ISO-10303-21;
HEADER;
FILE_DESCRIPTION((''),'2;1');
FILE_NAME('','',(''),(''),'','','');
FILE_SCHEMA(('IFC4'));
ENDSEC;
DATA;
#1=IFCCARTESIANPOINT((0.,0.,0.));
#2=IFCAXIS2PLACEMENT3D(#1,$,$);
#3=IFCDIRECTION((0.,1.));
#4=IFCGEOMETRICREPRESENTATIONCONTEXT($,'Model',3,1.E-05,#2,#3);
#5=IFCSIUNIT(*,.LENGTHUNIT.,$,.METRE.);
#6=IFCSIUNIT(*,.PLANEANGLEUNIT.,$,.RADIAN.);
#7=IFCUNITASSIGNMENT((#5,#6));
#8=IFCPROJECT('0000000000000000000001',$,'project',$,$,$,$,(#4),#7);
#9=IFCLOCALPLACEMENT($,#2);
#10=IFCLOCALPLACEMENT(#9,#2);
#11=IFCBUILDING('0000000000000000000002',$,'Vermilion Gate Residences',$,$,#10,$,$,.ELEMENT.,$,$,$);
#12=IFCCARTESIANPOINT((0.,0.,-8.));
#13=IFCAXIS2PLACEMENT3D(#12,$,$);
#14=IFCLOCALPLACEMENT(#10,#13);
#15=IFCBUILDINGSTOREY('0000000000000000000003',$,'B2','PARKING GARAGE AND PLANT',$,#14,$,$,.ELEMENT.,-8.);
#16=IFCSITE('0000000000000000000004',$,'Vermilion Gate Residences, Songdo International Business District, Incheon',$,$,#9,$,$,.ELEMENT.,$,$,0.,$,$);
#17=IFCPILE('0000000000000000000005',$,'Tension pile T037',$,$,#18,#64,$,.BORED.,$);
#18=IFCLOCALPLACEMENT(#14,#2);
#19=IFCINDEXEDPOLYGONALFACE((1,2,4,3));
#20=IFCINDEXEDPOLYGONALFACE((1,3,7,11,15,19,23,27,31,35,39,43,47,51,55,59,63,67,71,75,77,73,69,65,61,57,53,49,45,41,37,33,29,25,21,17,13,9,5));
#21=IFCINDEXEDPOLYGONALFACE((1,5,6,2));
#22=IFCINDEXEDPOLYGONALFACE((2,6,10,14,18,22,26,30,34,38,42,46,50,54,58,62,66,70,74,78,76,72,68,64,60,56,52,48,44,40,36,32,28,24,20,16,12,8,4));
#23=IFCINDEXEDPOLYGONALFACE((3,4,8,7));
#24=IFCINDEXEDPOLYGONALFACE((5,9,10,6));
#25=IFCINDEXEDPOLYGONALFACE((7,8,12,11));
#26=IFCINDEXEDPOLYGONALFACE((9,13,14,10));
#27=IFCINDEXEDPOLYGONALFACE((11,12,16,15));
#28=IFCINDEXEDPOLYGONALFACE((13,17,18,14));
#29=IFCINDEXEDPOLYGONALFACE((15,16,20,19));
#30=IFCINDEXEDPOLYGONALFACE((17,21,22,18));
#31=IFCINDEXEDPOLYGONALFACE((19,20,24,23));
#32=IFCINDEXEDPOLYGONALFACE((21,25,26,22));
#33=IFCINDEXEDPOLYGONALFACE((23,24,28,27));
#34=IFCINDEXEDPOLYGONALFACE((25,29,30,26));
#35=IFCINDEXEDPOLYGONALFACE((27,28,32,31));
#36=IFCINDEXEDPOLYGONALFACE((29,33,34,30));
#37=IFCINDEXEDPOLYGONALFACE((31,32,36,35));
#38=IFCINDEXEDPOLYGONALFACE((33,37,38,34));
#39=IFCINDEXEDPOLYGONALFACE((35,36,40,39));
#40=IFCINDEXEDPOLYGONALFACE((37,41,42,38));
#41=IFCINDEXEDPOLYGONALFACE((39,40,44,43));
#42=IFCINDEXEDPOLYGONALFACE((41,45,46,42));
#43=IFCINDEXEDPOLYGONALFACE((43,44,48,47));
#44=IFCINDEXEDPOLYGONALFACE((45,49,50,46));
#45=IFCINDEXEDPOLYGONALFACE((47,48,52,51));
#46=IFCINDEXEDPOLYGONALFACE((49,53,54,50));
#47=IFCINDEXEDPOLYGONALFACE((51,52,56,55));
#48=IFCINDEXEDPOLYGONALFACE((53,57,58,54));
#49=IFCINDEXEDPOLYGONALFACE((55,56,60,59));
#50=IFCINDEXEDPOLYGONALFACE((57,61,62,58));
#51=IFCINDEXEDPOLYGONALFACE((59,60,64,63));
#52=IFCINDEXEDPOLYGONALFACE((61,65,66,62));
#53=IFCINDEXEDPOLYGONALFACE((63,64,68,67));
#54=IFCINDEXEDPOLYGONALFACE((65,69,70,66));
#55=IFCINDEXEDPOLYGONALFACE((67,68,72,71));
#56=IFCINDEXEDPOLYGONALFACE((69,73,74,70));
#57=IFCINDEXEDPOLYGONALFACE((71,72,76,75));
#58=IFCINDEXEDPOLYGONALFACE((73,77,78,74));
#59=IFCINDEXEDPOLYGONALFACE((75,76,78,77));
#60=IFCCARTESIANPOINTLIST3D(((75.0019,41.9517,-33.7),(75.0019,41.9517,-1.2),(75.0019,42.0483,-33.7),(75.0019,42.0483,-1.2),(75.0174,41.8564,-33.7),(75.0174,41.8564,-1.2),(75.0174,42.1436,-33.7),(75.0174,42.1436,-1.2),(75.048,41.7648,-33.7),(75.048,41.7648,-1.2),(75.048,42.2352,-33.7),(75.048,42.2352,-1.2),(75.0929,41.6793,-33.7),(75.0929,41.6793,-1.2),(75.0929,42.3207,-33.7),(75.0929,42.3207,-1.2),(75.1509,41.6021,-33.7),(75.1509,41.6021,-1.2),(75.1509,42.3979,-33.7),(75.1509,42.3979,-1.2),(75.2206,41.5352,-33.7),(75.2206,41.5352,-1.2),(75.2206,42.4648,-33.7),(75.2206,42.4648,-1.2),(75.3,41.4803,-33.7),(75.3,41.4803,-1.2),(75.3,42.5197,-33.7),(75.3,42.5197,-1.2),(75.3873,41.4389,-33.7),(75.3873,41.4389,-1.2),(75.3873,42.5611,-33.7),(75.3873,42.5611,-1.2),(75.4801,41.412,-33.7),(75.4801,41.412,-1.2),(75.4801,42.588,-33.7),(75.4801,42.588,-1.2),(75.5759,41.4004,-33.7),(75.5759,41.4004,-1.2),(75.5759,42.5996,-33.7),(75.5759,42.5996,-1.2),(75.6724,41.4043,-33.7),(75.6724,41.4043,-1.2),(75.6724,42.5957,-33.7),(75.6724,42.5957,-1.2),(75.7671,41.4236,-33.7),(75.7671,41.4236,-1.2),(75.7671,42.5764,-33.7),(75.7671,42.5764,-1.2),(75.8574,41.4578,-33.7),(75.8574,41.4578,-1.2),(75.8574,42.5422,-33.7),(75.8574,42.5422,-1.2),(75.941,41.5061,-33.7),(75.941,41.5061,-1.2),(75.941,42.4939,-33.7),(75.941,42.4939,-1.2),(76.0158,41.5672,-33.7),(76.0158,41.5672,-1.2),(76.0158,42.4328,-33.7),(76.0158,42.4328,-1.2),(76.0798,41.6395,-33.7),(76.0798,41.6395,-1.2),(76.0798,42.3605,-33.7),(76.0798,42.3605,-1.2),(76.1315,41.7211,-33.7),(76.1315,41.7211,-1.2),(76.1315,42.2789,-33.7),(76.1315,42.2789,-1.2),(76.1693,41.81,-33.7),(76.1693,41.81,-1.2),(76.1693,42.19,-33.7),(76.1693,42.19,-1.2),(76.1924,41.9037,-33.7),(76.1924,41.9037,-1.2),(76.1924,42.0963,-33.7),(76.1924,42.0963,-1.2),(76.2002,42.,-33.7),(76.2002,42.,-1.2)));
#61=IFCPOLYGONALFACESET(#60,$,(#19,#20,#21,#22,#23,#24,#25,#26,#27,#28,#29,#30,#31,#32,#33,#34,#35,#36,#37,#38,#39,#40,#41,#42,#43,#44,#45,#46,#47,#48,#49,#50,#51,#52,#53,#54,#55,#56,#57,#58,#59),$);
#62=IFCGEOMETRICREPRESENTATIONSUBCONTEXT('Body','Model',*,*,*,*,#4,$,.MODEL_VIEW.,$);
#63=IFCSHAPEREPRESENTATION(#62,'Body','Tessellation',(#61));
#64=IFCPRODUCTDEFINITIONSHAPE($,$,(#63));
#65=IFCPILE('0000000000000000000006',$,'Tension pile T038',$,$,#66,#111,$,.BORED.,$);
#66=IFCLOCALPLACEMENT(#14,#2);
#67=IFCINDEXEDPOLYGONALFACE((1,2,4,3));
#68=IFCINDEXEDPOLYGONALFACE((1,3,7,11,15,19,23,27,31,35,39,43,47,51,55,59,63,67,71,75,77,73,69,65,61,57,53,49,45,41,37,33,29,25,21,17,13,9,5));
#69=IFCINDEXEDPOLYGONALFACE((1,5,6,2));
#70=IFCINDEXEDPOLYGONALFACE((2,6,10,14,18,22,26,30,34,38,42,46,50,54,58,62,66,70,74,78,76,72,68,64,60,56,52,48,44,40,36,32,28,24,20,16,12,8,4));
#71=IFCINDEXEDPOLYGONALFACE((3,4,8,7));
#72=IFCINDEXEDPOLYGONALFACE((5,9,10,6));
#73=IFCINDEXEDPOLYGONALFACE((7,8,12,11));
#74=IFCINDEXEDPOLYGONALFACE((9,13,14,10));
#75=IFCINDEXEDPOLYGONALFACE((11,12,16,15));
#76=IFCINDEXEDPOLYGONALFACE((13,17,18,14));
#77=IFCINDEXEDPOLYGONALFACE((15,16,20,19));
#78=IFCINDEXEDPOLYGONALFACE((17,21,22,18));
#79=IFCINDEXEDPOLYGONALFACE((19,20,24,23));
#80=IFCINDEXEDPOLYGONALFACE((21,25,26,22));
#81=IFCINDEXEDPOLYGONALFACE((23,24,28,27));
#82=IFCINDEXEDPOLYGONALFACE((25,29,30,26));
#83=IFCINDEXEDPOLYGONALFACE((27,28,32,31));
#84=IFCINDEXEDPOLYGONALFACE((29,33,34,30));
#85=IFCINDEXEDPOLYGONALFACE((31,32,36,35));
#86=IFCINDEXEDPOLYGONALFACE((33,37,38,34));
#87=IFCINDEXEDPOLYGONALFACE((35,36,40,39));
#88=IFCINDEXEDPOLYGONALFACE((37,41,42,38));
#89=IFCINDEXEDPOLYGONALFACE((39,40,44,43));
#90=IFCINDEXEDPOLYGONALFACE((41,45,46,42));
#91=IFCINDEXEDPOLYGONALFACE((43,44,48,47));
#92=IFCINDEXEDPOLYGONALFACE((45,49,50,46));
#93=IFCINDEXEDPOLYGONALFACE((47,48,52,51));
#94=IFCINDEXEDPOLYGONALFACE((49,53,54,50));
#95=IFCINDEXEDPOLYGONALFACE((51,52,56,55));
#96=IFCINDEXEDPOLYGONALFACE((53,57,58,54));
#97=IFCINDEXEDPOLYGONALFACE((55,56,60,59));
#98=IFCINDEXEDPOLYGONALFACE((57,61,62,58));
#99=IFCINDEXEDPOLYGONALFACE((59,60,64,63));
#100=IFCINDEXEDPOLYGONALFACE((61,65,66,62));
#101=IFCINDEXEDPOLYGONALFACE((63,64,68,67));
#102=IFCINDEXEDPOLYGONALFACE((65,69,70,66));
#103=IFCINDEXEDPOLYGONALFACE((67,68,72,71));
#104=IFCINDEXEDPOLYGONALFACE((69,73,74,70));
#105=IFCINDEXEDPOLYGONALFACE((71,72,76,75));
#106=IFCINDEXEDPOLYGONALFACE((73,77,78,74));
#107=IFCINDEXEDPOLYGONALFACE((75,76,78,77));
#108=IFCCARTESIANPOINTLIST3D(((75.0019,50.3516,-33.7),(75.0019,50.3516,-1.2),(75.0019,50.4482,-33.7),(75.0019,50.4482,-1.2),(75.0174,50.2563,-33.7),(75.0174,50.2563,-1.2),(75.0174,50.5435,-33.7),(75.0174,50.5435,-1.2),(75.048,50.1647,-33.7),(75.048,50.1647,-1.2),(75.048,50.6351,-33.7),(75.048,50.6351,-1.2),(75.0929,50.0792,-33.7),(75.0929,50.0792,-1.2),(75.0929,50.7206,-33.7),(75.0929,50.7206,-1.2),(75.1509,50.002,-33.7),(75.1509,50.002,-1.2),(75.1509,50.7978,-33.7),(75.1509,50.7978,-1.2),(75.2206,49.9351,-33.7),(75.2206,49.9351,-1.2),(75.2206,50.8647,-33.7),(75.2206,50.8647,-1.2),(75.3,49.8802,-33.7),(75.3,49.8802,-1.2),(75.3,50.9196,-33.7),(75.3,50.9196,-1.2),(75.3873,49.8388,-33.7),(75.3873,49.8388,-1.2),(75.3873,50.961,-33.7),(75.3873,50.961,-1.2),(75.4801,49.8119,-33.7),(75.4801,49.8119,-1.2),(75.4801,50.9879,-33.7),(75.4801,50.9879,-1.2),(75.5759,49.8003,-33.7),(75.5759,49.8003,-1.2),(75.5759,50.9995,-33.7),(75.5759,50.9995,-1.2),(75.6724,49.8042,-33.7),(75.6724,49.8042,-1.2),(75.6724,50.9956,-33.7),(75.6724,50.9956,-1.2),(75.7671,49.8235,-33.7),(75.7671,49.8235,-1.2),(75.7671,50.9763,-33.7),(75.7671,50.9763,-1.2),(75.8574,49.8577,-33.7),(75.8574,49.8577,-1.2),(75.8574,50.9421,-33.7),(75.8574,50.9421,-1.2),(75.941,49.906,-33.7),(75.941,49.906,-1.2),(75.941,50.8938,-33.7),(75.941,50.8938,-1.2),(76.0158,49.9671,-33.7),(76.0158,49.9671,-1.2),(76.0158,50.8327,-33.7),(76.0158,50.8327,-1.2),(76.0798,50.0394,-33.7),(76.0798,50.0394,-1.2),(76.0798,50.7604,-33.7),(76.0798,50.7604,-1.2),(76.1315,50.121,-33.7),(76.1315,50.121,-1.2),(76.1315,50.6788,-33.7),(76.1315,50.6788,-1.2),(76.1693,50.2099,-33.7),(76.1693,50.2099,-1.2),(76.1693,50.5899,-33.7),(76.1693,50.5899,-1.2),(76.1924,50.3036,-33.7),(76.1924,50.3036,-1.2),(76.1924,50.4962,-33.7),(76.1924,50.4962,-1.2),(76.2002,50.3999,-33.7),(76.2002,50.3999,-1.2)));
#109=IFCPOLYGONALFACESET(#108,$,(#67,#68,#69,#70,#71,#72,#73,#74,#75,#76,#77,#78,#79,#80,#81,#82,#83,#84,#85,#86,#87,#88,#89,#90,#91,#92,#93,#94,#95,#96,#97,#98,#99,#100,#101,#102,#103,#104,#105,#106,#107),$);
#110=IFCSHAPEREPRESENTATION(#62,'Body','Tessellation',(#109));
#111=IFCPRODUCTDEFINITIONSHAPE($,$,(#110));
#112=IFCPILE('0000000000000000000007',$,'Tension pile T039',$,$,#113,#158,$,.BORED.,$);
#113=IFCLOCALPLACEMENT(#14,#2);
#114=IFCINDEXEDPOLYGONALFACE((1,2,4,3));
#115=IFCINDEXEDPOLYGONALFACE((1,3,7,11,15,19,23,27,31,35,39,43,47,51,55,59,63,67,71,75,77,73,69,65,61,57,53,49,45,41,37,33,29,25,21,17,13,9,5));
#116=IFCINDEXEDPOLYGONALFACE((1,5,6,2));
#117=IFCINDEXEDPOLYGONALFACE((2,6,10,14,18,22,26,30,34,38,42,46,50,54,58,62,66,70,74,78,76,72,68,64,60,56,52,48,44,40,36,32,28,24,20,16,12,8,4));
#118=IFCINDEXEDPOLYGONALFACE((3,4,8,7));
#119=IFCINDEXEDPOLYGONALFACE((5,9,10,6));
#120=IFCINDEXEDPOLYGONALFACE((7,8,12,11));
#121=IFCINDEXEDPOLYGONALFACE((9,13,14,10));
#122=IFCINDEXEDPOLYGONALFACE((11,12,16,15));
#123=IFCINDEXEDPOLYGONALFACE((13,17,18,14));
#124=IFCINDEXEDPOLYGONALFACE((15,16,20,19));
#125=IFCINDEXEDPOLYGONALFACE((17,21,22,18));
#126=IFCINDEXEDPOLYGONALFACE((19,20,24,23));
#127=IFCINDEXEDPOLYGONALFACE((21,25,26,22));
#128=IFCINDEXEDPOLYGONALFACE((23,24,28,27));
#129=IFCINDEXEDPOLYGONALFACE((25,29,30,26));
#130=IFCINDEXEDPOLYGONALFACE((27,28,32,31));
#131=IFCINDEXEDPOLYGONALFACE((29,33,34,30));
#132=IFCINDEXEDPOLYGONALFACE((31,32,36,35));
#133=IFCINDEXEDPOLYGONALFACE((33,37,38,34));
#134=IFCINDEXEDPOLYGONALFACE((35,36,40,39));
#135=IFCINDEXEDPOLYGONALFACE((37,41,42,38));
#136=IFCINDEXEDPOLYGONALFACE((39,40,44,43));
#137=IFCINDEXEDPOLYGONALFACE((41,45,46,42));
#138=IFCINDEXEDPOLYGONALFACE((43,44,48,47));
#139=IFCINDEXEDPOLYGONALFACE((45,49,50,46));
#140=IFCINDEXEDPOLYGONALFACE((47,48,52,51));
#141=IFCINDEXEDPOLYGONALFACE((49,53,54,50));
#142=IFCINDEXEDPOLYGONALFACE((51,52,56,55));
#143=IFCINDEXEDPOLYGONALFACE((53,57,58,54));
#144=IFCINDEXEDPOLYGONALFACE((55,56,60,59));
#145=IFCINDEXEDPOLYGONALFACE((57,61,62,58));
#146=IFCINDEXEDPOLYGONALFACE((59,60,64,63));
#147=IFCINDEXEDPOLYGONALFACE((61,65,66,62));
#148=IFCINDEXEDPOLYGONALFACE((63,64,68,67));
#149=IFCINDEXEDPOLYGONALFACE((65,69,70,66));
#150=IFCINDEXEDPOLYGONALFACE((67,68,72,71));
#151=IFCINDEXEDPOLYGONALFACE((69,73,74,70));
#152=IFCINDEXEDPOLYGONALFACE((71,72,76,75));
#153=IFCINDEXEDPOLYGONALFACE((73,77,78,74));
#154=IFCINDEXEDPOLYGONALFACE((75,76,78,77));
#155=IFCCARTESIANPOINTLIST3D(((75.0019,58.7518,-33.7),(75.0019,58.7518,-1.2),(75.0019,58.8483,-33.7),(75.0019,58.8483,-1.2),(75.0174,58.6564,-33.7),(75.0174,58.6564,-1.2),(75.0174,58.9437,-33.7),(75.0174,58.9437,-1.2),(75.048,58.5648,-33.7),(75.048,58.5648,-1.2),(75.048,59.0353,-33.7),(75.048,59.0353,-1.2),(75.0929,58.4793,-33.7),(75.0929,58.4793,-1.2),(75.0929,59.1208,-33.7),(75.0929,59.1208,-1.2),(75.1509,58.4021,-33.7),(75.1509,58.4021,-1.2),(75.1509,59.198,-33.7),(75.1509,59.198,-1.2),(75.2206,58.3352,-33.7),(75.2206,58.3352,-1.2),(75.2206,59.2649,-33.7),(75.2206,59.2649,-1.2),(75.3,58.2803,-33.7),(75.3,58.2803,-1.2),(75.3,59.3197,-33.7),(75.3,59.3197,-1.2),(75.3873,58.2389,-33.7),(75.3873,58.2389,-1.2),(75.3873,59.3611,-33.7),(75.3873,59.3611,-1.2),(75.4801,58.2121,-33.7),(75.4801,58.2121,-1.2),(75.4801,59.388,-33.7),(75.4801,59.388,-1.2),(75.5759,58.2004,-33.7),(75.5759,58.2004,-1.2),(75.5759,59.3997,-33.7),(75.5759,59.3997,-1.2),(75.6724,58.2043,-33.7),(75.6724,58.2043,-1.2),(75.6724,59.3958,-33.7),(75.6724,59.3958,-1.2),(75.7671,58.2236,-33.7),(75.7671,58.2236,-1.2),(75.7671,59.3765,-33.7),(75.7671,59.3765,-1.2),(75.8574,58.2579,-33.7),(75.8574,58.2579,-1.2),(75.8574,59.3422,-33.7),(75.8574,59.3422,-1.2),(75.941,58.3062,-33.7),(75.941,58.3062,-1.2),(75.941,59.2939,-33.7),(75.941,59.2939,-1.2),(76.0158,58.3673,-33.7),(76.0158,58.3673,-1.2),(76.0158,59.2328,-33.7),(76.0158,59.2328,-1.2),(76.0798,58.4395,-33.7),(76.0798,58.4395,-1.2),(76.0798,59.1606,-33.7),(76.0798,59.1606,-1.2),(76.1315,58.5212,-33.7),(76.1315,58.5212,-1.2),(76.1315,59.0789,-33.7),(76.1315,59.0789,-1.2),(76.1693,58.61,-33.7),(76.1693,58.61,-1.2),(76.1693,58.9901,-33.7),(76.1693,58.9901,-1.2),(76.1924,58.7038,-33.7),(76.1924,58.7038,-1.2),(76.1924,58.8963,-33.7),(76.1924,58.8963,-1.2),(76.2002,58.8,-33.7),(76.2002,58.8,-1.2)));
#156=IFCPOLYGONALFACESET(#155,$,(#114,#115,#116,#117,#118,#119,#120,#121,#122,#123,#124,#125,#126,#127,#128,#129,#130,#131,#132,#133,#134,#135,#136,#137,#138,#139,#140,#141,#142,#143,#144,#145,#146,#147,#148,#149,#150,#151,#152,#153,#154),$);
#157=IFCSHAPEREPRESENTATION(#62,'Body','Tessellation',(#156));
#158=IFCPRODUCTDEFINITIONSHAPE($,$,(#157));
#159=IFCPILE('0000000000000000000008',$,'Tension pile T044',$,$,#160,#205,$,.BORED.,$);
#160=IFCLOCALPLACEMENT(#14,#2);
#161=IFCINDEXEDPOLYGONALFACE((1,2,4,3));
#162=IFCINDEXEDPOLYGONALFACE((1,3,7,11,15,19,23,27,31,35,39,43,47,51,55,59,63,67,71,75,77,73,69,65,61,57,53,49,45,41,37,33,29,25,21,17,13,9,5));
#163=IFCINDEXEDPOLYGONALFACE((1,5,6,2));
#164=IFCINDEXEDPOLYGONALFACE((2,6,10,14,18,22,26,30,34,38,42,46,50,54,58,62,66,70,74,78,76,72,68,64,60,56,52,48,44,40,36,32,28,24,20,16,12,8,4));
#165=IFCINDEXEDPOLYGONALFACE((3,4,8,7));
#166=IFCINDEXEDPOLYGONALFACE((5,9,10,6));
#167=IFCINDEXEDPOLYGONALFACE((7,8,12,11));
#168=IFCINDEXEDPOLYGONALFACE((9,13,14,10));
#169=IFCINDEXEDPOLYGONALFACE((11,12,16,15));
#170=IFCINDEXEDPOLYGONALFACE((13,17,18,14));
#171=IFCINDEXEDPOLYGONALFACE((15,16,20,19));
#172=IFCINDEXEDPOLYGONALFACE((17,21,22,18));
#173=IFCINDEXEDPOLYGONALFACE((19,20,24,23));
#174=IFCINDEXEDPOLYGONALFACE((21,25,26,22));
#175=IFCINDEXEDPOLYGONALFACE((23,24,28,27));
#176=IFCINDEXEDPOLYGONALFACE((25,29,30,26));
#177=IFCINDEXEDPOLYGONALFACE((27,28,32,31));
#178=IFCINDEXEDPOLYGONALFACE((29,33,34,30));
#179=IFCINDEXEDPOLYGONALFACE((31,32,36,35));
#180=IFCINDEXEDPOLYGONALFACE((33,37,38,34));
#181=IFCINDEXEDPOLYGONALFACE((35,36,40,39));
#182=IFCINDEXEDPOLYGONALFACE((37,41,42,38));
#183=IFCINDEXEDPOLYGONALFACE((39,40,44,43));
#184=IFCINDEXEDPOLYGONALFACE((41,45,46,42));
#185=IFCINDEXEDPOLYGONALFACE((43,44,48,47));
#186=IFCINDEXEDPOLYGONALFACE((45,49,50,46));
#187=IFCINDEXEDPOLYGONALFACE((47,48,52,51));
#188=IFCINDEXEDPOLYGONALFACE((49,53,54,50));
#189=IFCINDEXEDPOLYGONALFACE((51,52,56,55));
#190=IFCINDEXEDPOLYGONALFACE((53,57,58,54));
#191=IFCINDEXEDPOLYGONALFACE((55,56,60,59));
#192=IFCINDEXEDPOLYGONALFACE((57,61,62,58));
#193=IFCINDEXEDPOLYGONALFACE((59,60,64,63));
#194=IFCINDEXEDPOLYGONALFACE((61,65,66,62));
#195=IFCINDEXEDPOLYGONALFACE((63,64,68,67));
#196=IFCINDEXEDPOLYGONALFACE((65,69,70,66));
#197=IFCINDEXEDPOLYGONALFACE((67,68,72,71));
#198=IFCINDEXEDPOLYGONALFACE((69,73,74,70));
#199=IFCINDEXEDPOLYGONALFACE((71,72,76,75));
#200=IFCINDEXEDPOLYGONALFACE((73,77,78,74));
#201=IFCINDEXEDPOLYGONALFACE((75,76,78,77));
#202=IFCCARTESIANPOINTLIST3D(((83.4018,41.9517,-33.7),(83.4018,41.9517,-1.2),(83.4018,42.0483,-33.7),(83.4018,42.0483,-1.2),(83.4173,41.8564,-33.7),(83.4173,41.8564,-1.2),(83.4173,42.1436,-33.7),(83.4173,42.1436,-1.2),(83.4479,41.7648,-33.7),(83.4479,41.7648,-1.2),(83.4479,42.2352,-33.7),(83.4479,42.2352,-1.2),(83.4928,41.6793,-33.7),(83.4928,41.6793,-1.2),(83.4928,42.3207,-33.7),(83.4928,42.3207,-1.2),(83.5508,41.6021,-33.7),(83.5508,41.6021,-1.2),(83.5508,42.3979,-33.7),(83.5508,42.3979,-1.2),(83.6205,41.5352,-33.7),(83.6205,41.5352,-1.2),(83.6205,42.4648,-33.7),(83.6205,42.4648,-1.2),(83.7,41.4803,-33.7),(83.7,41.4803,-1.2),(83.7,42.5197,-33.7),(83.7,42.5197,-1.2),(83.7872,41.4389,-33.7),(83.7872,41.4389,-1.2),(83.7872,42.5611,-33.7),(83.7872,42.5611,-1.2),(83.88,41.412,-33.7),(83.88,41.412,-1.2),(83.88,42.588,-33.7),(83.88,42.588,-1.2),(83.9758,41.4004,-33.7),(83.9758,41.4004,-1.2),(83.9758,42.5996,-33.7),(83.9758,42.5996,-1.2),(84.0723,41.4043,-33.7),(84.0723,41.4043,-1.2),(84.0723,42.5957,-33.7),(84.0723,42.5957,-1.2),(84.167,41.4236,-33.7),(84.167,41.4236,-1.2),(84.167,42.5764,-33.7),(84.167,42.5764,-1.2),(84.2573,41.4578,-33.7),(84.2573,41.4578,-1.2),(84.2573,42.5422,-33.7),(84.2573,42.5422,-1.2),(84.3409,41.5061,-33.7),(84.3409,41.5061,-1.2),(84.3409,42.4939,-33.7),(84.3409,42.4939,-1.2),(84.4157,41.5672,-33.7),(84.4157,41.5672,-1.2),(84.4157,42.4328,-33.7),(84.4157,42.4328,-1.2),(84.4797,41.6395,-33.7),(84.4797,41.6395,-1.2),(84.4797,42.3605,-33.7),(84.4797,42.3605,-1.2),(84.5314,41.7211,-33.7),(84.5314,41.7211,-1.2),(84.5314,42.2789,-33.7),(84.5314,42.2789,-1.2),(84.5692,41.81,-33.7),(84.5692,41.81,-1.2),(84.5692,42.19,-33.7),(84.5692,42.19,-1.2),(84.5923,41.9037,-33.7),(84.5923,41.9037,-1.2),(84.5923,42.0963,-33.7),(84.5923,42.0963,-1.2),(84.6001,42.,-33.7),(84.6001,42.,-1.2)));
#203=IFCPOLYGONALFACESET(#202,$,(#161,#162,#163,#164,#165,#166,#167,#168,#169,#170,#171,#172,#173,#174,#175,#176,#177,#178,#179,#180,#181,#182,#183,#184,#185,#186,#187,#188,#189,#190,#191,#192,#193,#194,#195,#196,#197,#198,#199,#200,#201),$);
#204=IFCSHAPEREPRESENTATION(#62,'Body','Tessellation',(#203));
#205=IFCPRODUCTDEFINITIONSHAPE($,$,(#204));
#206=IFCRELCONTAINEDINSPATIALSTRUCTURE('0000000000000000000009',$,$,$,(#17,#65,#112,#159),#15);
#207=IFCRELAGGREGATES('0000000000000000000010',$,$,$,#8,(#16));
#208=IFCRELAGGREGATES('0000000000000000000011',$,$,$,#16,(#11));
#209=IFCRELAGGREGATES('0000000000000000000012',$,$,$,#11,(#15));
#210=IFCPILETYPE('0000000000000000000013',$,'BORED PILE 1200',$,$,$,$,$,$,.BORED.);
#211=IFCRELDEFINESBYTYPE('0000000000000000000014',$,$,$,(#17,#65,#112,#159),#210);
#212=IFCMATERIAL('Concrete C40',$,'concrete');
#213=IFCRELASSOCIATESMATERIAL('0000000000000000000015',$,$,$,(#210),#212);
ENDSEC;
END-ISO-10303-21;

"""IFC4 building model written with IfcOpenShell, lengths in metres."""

from ifc_helpers import new_model, si_unit, direction, frame, origin, origin_2d, place, context, subcontext, project, spatial, circle, extrude, material, material_profile, profile_set, type_object, element, save


model = new_model("IFC4")

# Units and contexts
model_context = context("Model", 3, precision=1e-05, world=origin(), true_north=direction((0.0, 1.0)))
body_context = subcontext(model_context, "Body", "Model", "MODEL_VIEW")
ifc_project = project(units=[si_unit("LENGTHUNIT", "METRE"), si_unit("PLANEANGLEUNIT", "RADIAN")], contexts=[model_context])

# Site, building, storey
site_placement = place(None, origin())
site = spatial("IfcSite", under=ifc_project, at=site_placement, Name="Vermilion Gate Residences, Songdo International Business District, Incheon", CompositionType="ELEMENT", RefElevation=0.0)
building_placement = place(site_placement, origin())
building = spatial("IfcBuilding", under=site, at=building_placement, Name="Vermilion Gate Residences", CompositionType="ELEMENT")
storey_placement = place(building_placement, frame((0.0, 0.0, -8.0)))
storey = spatial("IfcBuildingStorey", under=building, at=storey_placement, Name="B2", Description="PARKING GARAGE AND PLANT", CompositionType="ELEMENT", Elevation=-8.0)

# Piles
ifc_material_1 = material(Name="Concrete C40", Category="concrete")
ifc_material_profile_1 = material_profile(ifc_material_1, circle(Radius=0.6001, at=origin_2d()), Name="BORED PILE 1200")
ifc_profile_set_1 = profile_set([ifc_material_profile_1], Name="Concrete C40")
pile_type = type_object("IfcPileType", Name="BORED PILE 1200", PredefinedType="BORED", material=ifc_profile_set_1)
for number, where, z_axis, x_axis, name in (
    (1, (75.6001, 42.0, -1.2), (0.0, 0.0, -1.0), (1.0, 0.0, 0.0), "Tension pile T037"),
    (2, (75.6001, 50.3999, -1.2), (0.0, 0.0, -1.0), (1.0, 0.0, 0.0), "Tension pile T038"),
    (3, (75.6001, 58.8, -1.2), (0.0, 0.0, -1.0), (1.0, 0.0, 0.0), "Tension pile T039"),
    (4, (84.0, 42.0, -1.2), (0.0, 0.0, -1.0), (1.0, 0.0, 0.0), "Tension pile T044"),
):
    element("IfcPile", number, at=place(storey_placement, frame(where, z_axis=z_axis, x_axis=x_axis)), inside=storey, type_object=pile_type, Name=name, PredefinedType="BORED", context=body_context, shape_type="SweptSolid", body=[
        extrude(circle(Radius=0.6001, at=origin_2d()), origin(), (0.0, 0.0, 1.0), 32.5),
    ])

save(model, "model.ifc")
